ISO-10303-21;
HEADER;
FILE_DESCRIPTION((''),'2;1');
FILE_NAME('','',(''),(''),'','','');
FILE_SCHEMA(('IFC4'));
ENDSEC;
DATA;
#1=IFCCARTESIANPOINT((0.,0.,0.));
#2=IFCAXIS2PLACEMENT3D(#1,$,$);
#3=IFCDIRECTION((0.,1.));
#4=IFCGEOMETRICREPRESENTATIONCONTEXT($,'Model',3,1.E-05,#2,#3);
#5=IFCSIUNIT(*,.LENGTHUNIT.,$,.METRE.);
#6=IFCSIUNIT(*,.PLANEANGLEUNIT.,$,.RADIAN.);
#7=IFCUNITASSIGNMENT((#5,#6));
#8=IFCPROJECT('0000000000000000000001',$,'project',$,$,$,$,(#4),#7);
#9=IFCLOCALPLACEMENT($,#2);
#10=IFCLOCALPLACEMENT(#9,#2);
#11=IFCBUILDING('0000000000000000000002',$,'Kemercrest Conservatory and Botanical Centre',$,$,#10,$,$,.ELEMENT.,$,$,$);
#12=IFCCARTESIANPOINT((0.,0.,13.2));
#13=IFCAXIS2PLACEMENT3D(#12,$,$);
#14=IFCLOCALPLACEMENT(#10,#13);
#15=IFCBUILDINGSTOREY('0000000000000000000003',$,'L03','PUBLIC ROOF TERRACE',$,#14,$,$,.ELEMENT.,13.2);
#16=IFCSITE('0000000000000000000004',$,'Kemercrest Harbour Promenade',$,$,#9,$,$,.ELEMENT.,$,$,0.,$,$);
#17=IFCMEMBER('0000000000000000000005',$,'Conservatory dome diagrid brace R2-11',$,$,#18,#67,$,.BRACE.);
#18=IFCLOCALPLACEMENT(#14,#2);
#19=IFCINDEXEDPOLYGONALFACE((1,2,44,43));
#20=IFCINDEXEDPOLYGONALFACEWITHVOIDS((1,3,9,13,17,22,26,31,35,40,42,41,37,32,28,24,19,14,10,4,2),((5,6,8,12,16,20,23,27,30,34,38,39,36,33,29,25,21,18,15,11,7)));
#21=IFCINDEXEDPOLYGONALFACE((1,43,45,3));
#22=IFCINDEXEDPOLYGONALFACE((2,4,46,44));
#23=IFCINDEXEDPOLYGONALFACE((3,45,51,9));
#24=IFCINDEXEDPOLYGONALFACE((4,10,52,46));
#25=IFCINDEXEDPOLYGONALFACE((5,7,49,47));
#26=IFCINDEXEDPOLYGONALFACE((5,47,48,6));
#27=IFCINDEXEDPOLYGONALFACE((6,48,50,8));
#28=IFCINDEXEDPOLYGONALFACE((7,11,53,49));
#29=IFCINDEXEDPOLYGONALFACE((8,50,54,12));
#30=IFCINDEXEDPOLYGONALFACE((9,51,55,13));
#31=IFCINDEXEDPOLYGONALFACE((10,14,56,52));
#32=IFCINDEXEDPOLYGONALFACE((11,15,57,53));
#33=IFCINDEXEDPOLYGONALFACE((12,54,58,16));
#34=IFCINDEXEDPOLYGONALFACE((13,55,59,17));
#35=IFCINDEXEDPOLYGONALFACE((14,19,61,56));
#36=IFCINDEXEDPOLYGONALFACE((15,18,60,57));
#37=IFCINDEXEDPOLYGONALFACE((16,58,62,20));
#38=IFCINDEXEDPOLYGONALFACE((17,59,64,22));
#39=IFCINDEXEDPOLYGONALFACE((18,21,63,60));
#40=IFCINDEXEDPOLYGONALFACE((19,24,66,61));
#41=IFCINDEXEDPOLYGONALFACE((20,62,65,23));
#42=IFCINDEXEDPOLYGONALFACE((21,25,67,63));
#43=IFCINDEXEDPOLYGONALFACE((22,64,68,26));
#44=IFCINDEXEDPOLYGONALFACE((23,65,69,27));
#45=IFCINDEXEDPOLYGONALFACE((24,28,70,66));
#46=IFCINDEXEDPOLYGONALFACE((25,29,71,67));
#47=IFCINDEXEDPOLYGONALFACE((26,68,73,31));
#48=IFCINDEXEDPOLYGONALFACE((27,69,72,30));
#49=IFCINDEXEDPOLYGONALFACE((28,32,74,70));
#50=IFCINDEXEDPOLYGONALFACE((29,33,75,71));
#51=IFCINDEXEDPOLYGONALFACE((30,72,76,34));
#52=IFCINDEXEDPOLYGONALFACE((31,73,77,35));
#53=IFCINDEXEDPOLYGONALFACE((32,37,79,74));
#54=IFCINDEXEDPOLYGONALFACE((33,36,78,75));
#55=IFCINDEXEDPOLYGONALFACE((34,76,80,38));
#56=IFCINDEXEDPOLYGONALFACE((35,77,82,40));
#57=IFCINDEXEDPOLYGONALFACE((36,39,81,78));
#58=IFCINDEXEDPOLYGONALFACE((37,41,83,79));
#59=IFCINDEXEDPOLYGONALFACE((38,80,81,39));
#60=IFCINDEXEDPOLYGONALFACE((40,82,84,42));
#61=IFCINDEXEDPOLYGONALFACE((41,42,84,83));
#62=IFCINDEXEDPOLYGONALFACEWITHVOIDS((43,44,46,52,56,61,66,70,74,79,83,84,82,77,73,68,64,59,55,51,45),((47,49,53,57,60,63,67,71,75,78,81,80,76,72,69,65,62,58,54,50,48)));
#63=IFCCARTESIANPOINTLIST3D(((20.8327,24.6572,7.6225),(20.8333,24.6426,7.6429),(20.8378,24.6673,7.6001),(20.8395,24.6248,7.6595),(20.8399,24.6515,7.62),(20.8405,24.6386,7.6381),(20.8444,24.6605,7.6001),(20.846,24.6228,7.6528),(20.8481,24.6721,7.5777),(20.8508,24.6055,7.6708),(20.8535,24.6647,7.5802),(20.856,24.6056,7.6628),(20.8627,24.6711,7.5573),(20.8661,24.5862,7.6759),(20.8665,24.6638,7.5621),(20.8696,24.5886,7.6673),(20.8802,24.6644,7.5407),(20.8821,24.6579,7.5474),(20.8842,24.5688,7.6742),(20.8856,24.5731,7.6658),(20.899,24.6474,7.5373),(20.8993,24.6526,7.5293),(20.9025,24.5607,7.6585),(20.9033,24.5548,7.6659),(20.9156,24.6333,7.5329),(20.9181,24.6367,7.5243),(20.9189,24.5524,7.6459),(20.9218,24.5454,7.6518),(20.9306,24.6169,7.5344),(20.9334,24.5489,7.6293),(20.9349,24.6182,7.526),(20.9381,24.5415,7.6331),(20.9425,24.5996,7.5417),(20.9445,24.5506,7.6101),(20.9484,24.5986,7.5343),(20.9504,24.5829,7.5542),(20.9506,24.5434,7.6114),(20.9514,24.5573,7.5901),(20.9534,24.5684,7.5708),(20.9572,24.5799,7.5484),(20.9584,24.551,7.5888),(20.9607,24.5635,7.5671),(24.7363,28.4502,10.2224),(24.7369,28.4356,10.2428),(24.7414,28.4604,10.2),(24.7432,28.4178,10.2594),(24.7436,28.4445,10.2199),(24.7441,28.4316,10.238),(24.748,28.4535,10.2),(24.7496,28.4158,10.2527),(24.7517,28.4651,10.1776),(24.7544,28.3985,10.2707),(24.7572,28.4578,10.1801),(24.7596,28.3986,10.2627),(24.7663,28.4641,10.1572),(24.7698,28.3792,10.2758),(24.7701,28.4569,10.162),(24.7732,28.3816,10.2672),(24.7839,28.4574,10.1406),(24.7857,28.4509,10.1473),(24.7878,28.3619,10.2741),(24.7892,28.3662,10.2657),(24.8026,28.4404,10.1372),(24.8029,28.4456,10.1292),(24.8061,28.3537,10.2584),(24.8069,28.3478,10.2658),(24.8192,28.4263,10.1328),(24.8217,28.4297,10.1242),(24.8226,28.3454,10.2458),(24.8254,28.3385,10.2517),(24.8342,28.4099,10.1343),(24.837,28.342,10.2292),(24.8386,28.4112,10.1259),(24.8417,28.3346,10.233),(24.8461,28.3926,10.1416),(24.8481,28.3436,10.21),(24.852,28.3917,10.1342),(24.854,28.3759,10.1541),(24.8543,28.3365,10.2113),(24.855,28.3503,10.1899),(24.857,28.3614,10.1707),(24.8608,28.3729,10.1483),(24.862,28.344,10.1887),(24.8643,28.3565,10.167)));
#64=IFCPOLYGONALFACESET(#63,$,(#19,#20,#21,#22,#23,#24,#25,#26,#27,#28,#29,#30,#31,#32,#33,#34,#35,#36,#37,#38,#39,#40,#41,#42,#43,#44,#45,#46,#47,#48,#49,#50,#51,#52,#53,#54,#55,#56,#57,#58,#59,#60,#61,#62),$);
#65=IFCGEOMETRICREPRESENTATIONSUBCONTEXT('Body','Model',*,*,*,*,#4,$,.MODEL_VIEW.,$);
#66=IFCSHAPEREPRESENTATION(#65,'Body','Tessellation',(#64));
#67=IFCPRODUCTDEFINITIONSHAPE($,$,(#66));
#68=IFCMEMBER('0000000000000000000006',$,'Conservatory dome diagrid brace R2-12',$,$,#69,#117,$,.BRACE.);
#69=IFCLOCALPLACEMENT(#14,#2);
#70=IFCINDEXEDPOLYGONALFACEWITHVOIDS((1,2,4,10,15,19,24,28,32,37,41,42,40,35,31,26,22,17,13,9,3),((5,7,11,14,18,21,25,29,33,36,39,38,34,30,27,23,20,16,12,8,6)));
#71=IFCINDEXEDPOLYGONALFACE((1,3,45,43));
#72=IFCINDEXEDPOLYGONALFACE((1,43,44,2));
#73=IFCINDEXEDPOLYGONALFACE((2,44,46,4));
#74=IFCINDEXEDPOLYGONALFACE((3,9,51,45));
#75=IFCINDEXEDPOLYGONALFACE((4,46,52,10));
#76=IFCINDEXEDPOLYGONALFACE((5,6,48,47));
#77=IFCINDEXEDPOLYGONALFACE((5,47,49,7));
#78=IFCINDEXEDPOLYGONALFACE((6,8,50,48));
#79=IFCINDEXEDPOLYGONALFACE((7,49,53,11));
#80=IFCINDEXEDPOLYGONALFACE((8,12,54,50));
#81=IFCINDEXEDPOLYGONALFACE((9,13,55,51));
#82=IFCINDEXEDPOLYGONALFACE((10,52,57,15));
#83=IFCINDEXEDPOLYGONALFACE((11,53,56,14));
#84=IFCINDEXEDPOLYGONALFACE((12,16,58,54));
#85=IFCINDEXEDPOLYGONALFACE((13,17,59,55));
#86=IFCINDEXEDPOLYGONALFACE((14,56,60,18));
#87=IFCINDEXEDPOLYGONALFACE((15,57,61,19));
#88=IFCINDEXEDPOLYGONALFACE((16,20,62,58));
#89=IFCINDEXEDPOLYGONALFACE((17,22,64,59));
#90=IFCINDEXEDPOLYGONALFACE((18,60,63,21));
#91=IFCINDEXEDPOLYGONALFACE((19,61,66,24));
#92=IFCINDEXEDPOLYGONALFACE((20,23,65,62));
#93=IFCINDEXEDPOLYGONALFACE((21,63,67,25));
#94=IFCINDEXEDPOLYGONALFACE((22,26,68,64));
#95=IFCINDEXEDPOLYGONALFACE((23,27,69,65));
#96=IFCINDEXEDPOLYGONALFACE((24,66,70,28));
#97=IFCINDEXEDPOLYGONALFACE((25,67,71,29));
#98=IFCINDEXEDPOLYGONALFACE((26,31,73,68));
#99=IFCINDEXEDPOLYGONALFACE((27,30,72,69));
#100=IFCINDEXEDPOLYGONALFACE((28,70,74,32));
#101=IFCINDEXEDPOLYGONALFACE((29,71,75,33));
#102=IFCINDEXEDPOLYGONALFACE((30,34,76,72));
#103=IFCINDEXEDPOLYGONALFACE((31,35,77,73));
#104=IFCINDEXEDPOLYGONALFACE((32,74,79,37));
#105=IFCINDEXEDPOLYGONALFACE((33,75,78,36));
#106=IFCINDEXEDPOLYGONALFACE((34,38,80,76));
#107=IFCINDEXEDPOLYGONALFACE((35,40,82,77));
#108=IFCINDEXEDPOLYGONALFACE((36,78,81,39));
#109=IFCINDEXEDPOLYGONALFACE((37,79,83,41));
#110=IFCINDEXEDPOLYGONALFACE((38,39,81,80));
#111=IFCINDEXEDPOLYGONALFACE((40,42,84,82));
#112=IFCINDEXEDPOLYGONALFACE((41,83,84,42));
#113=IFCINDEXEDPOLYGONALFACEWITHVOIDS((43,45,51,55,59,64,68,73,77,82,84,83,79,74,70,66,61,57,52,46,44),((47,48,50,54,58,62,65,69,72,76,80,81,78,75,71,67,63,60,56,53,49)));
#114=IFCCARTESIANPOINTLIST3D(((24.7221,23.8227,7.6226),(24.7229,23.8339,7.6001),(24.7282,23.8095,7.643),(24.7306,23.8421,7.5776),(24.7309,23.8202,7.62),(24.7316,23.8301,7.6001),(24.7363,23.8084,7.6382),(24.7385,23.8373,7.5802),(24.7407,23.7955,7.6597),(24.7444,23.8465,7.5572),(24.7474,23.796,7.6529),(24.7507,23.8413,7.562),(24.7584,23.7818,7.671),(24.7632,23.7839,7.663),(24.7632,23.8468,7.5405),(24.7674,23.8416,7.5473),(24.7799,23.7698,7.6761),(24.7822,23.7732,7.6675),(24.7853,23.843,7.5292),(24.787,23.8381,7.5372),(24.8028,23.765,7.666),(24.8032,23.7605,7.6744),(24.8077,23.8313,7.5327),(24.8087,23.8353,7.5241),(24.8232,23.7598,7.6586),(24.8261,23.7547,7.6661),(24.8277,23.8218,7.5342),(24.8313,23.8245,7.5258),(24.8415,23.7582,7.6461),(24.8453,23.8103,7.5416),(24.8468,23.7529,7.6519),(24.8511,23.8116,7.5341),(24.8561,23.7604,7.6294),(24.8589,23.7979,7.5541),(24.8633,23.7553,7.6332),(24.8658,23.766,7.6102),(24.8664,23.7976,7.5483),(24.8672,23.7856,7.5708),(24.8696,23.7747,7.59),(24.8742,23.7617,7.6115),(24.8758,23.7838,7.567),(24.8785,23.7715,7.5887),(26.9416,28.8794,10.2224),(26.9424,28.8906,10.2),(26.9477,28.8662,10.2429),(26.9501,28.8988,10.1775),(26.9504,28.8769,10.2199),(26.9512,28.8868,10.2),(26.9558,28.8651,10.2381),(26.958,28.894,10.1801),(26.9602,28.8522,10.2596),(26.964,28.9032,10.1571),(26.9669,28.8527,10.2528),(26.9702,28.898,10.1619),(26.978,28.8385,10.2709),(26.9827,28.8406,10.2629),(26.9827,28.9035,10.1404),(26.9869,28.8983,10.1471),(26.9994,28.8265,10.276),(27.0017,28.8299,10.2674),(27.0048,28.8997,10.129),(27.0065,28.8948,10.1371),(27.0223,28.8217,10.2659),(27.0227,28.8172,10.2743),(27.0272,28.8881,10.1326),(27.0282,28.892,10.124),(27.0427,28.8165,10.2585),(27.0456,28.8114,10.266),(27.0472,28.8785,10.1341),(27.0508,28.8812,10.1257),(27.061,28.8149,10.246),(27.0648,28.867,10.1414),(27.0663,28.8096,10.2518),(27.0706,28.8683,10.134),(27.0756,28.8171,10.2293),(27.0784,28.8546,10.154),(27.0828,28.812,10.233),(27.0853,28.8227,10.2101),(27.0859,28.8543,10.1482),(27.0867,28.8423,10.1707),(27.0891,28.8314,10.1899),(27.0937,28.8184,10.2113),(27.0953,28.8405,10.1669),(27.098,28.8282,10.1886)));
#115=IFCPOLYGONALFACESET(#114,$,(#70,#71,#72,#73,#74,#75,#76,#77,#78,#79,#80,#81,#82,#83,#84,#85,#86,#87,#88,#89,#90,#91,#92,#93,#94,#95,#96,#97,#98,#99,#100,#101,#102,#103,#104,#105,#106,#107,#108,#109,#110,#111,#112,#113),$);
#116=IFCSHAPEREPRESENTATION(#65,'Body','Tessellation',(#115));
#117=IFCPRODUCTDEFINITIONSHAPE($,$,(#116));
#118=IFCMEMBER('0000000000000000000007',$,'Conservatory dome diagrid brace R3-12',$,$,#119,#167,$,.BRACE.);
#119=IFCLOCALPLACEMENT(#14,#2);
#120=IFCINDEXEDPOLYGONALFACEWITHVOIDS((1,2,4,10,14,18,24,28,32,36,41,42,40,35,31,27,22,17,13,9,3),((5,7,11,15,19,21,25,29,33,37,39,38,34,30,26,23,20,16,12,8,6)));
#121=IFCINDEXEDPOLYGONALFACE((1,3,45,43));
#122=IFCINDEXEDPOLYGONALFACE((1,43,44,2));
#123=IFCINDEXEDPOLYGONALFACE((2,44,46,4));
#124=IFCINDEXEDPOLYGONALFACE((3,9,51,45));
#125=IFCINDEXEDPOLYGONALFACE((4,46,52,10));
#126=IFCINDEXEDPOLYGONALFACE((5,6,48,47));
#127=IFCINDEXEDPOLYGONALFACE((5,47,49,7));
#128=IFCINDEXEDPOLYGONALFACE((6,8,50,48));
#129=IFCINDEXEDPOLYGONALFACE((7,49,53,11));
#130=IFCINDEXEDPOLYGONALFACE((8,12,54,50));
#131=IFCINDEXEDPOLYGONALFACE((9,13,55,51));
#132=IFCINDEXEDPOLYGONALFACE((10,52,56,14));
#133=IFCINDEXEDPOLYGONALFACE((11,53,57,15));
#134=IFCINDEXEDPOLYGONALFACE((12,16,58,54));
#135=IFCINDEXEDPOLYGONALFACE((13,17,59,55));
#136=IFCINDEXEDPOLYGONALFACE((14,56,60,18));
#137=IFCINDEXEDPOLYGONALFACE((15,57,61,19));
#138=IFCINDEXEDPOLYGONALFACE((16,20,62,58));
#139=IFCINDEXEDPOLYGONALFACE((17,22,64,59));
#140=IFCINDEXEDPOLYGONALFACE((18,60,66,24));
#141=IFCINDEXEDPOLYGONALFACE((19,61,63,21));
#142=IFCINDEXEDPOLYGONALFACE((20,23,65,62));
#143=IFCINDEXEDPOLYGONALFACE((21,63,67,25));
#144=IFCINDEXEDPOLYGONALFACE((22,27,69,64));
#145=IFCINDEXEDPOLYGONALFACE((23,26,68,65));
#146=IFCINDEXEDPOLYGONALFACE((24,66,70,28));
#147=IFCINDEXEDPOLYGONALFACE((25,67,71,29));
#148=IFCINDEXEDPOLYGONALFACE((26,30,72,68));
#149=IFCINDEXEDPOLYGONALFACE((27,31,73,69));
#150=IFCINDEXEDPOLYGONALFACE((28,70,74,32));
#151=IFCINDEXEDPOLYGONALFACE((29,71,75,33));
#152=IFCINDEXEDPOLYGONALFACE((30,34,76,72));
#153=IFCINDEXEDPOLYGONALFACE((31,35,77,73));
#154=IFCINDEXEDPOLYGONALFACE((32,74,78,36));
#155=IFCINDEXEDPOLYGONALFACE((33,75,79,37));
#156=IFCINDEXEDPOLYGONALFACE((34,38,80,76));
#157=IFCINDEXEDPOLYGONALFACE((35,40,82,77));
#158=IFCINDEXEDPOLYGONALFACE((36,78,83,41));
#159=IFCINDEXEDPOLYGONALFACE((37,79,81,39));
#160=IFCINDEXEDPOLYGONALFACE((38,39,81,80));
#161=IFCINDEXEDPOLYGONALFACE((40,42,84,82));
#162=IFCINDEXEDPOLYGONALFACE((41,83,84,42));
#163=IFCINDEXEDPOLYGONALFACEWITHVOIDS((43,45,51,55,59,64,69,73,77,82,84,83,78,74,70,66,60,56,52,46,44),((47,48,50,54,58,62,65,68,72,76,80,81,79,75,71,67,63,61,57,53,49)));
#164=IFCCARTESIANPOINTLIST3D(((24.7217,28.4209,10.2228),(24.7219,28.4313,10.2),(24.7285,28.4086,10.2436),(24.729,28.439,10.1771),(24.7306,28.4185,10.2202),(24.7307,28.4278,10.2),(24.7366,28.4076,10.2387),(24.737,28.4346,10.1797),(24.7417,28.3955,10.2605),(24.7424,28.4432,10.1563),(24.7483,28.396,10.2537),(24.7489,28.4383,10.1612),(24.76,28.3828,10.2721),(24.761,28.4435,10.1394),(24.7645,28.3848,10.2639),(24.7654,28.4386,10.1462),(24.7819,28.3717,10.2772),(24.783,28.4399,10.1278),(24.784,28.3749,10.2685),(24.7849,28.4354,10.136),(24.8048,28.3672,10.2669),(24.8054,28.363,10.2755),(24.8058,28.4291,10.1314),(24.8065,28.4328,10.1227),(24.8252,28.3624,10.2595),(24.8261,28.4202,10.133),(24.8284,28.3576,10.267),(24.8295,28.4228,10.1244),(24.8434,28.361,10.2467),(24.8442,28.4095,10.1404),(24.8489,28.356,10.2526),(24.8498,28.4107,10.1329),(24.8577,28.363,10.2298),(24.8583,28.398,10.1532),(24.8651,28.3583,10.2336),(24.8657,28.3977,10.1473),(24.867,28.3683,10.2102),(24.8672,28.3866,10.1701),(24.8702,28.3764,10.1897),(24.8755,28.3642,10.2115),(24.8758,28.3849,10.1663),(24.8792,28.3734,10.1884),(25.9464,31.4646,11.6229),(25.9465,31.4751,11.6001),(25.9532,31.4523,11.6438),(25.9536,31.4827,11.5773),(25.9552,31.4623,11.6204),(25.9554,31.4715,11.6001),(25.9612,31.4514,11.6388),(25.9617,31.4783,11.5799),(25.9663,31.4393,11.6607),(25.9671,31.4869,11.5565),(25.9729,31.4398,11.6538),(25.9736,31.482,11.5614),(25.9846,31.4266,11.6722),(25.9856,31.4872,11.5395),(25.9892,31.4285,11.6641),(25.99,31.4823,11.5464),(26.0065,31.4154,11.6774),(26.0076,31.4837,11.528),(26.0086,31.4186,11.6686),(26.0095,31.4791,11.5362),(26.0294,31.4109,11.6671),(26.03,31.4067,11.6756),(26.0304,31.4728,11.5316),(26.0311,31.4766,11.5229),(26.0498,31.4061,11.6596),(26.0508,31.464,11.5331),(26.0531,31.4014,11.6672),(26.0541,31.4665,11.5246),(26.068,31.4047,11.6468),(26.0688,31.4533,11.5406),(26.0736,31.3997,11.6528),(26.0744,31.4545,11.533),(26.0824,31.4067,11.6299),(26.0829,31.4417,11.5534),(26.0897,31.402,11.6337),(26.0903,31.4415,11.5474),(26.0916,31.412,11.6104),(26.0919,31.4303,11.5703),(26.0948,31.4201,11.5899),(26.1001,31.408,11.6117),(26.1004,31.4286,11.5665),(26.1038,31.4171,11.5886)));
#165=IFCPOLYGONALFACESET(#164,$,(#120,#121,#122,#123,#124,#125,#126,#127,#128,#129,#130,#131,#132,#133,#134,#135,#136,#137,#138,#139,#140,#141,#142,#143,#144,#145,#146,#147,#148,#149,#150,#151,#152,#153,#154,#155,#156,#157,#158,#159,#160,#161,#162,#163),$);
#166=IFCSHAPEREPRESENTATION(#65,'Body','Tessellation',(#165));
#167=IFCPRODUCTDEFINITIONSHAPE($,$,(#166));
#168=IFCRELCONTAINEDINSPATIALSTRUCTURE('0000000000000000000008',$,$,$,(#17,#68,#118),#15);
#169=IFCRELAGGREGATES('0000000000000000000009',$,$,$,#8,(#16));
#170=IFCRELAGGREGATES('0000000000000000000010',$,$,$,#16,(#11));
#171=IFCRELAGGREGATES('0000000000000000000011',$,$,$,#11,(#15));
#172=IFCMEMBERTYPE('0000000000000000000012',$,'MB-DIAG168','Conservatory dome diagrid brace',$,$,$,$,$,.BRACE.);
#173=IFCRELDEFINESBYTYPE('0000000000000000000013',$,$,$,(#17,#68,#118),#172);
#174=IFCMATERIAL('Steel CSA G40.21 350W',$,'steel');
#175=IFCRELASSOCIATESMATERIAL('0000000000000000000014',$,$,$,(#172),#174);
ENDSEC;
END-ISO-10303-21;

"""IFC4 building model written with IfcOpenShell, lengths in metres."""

from ifc_helpers import new_model, si_unit, direction, frame, origin, origin_2d, place, context, subcontext, project, spatial, hollow_circle, extrude, material, material_profile, profile_set, type_object, element, save


model = new_model("IFC4")

# Units and contexts
model_context = context("Model", 3, precision=1e-05, world=origin(), true_north=direction((0.0, 1.0)))
body_context = subcontext(model_context, "Body", "Model", "MODEL_VIEW")
ifc_project = project(units=[si_unit("LENGTHUNIT", "METRE"), si_unit("PLANEANGLEUNIT", "RADIAN")], contexts=[model_context])

# Site, building, storey
site_placement = place(None, origin())
site = spatial("IfcSite", under=ifc_project, at=site_placement, Name="Kemercrest Harbour Promenade", CompositionType="ELEMENT", RefElevation=0.0)
building_placement = place(site_placement, origin())
building = spatial("IfcBuilding", under=site, at=building_placement, Name="Kemercrest Conservatory and Botanical Centre", CompositionType="ELEMENT")
storey_placement = place(building_placement, frame((0.0, 0.0, 13.2)))
storey = spatial("IfcBuildingStorey", under=building, at=storey_placement, Name="L03", Description="PUBLIC ROOF TERRACE", CompositionType="ELEMENT", Elevation=13.2)

# Shared definitions
ifc_material_1 = material(Name="Steel CSA G40.21 350W", Category="steel")

# Members
ifc_material_profile_1 = material_profile(ifc_material_1, hollow_circle(Radius=0.0842, WallThickness=0.0095, at=origin_2d()), Name="CHS 168.3x9.5")
ifc_profile_set_1 = profile_set([ifc_material_profile_1], Name="Steel CSA G40.21 350W")
member_type_1 = type_object("IfcMemberType", Name="MB-DIAG168", Description="Conservatory dome diagrid brace", PredefinedType="BRACE", material=ifc_profile_set_1)
member_1_placement = place(storey_placement, frame((20.8965, 24.6069, 7.6001), z_axis=(0.647155, 0.62882, 0.431018), x_axis=(-0.696874, 0.717194, 0.0)))
element("IfcMember", 1, at=member_1_placement, inside=storey, type_object=member_type_1, Name="Conservatory dome diagrid brace R2-11", PredefinedType="BRACE", context=body_context, shape_type="SweptSolid", body=[
    extrude(hollow_circle(Radius=0.0842, WallThickness=0.0095, at=origin_2d()), origin(), (0.0, 0.0, 1.0), 6.032),
])
member_2_placement = place(storey_placement, frame((24.8, 23.8, 7.6001), z_axis=(0.36363, 0.828457, 0.425948), x_axis=(-0.915678, 0.401913, 0.0)))
element("IfcMember", 2, at=member_2_placement, inside=storey, type_object=member_type_1, Name="Conservatory dome diagrid brace R2-12", PredefinedType="BRACE", context=body_context, shape_type="SweptSolid", body=[
    extrude(hollow_circle(Radius=0.0842, WallThickness=0.0095, at=origin_2d()), origin(), (0.0, 0.0, 1.0), 6.1038),
])
member_3_placement = place(storey_placement, frame((24.8, 28.3999, 10.2), z_axis=(0.343307, 0.853271, 0.392517), x_axis=(-0.927726, 0.373263, 0.0)))
element("IfcMember", 3, at=member_3_placement, inside=storey, type_object=member_type_1, Name="Conservatory dome diagrid brace R3-12", PredefinedType="BRACE", context=body_context, shape_type="SweptSolid", body=[
    extrude(hollow_circle(Radius=0.0842, WallThickness=0.0095, at=origin_2d()), origin(), (0.0, 0.0, 1.0), 3.5671),
])

save(model, "model.ifc")
